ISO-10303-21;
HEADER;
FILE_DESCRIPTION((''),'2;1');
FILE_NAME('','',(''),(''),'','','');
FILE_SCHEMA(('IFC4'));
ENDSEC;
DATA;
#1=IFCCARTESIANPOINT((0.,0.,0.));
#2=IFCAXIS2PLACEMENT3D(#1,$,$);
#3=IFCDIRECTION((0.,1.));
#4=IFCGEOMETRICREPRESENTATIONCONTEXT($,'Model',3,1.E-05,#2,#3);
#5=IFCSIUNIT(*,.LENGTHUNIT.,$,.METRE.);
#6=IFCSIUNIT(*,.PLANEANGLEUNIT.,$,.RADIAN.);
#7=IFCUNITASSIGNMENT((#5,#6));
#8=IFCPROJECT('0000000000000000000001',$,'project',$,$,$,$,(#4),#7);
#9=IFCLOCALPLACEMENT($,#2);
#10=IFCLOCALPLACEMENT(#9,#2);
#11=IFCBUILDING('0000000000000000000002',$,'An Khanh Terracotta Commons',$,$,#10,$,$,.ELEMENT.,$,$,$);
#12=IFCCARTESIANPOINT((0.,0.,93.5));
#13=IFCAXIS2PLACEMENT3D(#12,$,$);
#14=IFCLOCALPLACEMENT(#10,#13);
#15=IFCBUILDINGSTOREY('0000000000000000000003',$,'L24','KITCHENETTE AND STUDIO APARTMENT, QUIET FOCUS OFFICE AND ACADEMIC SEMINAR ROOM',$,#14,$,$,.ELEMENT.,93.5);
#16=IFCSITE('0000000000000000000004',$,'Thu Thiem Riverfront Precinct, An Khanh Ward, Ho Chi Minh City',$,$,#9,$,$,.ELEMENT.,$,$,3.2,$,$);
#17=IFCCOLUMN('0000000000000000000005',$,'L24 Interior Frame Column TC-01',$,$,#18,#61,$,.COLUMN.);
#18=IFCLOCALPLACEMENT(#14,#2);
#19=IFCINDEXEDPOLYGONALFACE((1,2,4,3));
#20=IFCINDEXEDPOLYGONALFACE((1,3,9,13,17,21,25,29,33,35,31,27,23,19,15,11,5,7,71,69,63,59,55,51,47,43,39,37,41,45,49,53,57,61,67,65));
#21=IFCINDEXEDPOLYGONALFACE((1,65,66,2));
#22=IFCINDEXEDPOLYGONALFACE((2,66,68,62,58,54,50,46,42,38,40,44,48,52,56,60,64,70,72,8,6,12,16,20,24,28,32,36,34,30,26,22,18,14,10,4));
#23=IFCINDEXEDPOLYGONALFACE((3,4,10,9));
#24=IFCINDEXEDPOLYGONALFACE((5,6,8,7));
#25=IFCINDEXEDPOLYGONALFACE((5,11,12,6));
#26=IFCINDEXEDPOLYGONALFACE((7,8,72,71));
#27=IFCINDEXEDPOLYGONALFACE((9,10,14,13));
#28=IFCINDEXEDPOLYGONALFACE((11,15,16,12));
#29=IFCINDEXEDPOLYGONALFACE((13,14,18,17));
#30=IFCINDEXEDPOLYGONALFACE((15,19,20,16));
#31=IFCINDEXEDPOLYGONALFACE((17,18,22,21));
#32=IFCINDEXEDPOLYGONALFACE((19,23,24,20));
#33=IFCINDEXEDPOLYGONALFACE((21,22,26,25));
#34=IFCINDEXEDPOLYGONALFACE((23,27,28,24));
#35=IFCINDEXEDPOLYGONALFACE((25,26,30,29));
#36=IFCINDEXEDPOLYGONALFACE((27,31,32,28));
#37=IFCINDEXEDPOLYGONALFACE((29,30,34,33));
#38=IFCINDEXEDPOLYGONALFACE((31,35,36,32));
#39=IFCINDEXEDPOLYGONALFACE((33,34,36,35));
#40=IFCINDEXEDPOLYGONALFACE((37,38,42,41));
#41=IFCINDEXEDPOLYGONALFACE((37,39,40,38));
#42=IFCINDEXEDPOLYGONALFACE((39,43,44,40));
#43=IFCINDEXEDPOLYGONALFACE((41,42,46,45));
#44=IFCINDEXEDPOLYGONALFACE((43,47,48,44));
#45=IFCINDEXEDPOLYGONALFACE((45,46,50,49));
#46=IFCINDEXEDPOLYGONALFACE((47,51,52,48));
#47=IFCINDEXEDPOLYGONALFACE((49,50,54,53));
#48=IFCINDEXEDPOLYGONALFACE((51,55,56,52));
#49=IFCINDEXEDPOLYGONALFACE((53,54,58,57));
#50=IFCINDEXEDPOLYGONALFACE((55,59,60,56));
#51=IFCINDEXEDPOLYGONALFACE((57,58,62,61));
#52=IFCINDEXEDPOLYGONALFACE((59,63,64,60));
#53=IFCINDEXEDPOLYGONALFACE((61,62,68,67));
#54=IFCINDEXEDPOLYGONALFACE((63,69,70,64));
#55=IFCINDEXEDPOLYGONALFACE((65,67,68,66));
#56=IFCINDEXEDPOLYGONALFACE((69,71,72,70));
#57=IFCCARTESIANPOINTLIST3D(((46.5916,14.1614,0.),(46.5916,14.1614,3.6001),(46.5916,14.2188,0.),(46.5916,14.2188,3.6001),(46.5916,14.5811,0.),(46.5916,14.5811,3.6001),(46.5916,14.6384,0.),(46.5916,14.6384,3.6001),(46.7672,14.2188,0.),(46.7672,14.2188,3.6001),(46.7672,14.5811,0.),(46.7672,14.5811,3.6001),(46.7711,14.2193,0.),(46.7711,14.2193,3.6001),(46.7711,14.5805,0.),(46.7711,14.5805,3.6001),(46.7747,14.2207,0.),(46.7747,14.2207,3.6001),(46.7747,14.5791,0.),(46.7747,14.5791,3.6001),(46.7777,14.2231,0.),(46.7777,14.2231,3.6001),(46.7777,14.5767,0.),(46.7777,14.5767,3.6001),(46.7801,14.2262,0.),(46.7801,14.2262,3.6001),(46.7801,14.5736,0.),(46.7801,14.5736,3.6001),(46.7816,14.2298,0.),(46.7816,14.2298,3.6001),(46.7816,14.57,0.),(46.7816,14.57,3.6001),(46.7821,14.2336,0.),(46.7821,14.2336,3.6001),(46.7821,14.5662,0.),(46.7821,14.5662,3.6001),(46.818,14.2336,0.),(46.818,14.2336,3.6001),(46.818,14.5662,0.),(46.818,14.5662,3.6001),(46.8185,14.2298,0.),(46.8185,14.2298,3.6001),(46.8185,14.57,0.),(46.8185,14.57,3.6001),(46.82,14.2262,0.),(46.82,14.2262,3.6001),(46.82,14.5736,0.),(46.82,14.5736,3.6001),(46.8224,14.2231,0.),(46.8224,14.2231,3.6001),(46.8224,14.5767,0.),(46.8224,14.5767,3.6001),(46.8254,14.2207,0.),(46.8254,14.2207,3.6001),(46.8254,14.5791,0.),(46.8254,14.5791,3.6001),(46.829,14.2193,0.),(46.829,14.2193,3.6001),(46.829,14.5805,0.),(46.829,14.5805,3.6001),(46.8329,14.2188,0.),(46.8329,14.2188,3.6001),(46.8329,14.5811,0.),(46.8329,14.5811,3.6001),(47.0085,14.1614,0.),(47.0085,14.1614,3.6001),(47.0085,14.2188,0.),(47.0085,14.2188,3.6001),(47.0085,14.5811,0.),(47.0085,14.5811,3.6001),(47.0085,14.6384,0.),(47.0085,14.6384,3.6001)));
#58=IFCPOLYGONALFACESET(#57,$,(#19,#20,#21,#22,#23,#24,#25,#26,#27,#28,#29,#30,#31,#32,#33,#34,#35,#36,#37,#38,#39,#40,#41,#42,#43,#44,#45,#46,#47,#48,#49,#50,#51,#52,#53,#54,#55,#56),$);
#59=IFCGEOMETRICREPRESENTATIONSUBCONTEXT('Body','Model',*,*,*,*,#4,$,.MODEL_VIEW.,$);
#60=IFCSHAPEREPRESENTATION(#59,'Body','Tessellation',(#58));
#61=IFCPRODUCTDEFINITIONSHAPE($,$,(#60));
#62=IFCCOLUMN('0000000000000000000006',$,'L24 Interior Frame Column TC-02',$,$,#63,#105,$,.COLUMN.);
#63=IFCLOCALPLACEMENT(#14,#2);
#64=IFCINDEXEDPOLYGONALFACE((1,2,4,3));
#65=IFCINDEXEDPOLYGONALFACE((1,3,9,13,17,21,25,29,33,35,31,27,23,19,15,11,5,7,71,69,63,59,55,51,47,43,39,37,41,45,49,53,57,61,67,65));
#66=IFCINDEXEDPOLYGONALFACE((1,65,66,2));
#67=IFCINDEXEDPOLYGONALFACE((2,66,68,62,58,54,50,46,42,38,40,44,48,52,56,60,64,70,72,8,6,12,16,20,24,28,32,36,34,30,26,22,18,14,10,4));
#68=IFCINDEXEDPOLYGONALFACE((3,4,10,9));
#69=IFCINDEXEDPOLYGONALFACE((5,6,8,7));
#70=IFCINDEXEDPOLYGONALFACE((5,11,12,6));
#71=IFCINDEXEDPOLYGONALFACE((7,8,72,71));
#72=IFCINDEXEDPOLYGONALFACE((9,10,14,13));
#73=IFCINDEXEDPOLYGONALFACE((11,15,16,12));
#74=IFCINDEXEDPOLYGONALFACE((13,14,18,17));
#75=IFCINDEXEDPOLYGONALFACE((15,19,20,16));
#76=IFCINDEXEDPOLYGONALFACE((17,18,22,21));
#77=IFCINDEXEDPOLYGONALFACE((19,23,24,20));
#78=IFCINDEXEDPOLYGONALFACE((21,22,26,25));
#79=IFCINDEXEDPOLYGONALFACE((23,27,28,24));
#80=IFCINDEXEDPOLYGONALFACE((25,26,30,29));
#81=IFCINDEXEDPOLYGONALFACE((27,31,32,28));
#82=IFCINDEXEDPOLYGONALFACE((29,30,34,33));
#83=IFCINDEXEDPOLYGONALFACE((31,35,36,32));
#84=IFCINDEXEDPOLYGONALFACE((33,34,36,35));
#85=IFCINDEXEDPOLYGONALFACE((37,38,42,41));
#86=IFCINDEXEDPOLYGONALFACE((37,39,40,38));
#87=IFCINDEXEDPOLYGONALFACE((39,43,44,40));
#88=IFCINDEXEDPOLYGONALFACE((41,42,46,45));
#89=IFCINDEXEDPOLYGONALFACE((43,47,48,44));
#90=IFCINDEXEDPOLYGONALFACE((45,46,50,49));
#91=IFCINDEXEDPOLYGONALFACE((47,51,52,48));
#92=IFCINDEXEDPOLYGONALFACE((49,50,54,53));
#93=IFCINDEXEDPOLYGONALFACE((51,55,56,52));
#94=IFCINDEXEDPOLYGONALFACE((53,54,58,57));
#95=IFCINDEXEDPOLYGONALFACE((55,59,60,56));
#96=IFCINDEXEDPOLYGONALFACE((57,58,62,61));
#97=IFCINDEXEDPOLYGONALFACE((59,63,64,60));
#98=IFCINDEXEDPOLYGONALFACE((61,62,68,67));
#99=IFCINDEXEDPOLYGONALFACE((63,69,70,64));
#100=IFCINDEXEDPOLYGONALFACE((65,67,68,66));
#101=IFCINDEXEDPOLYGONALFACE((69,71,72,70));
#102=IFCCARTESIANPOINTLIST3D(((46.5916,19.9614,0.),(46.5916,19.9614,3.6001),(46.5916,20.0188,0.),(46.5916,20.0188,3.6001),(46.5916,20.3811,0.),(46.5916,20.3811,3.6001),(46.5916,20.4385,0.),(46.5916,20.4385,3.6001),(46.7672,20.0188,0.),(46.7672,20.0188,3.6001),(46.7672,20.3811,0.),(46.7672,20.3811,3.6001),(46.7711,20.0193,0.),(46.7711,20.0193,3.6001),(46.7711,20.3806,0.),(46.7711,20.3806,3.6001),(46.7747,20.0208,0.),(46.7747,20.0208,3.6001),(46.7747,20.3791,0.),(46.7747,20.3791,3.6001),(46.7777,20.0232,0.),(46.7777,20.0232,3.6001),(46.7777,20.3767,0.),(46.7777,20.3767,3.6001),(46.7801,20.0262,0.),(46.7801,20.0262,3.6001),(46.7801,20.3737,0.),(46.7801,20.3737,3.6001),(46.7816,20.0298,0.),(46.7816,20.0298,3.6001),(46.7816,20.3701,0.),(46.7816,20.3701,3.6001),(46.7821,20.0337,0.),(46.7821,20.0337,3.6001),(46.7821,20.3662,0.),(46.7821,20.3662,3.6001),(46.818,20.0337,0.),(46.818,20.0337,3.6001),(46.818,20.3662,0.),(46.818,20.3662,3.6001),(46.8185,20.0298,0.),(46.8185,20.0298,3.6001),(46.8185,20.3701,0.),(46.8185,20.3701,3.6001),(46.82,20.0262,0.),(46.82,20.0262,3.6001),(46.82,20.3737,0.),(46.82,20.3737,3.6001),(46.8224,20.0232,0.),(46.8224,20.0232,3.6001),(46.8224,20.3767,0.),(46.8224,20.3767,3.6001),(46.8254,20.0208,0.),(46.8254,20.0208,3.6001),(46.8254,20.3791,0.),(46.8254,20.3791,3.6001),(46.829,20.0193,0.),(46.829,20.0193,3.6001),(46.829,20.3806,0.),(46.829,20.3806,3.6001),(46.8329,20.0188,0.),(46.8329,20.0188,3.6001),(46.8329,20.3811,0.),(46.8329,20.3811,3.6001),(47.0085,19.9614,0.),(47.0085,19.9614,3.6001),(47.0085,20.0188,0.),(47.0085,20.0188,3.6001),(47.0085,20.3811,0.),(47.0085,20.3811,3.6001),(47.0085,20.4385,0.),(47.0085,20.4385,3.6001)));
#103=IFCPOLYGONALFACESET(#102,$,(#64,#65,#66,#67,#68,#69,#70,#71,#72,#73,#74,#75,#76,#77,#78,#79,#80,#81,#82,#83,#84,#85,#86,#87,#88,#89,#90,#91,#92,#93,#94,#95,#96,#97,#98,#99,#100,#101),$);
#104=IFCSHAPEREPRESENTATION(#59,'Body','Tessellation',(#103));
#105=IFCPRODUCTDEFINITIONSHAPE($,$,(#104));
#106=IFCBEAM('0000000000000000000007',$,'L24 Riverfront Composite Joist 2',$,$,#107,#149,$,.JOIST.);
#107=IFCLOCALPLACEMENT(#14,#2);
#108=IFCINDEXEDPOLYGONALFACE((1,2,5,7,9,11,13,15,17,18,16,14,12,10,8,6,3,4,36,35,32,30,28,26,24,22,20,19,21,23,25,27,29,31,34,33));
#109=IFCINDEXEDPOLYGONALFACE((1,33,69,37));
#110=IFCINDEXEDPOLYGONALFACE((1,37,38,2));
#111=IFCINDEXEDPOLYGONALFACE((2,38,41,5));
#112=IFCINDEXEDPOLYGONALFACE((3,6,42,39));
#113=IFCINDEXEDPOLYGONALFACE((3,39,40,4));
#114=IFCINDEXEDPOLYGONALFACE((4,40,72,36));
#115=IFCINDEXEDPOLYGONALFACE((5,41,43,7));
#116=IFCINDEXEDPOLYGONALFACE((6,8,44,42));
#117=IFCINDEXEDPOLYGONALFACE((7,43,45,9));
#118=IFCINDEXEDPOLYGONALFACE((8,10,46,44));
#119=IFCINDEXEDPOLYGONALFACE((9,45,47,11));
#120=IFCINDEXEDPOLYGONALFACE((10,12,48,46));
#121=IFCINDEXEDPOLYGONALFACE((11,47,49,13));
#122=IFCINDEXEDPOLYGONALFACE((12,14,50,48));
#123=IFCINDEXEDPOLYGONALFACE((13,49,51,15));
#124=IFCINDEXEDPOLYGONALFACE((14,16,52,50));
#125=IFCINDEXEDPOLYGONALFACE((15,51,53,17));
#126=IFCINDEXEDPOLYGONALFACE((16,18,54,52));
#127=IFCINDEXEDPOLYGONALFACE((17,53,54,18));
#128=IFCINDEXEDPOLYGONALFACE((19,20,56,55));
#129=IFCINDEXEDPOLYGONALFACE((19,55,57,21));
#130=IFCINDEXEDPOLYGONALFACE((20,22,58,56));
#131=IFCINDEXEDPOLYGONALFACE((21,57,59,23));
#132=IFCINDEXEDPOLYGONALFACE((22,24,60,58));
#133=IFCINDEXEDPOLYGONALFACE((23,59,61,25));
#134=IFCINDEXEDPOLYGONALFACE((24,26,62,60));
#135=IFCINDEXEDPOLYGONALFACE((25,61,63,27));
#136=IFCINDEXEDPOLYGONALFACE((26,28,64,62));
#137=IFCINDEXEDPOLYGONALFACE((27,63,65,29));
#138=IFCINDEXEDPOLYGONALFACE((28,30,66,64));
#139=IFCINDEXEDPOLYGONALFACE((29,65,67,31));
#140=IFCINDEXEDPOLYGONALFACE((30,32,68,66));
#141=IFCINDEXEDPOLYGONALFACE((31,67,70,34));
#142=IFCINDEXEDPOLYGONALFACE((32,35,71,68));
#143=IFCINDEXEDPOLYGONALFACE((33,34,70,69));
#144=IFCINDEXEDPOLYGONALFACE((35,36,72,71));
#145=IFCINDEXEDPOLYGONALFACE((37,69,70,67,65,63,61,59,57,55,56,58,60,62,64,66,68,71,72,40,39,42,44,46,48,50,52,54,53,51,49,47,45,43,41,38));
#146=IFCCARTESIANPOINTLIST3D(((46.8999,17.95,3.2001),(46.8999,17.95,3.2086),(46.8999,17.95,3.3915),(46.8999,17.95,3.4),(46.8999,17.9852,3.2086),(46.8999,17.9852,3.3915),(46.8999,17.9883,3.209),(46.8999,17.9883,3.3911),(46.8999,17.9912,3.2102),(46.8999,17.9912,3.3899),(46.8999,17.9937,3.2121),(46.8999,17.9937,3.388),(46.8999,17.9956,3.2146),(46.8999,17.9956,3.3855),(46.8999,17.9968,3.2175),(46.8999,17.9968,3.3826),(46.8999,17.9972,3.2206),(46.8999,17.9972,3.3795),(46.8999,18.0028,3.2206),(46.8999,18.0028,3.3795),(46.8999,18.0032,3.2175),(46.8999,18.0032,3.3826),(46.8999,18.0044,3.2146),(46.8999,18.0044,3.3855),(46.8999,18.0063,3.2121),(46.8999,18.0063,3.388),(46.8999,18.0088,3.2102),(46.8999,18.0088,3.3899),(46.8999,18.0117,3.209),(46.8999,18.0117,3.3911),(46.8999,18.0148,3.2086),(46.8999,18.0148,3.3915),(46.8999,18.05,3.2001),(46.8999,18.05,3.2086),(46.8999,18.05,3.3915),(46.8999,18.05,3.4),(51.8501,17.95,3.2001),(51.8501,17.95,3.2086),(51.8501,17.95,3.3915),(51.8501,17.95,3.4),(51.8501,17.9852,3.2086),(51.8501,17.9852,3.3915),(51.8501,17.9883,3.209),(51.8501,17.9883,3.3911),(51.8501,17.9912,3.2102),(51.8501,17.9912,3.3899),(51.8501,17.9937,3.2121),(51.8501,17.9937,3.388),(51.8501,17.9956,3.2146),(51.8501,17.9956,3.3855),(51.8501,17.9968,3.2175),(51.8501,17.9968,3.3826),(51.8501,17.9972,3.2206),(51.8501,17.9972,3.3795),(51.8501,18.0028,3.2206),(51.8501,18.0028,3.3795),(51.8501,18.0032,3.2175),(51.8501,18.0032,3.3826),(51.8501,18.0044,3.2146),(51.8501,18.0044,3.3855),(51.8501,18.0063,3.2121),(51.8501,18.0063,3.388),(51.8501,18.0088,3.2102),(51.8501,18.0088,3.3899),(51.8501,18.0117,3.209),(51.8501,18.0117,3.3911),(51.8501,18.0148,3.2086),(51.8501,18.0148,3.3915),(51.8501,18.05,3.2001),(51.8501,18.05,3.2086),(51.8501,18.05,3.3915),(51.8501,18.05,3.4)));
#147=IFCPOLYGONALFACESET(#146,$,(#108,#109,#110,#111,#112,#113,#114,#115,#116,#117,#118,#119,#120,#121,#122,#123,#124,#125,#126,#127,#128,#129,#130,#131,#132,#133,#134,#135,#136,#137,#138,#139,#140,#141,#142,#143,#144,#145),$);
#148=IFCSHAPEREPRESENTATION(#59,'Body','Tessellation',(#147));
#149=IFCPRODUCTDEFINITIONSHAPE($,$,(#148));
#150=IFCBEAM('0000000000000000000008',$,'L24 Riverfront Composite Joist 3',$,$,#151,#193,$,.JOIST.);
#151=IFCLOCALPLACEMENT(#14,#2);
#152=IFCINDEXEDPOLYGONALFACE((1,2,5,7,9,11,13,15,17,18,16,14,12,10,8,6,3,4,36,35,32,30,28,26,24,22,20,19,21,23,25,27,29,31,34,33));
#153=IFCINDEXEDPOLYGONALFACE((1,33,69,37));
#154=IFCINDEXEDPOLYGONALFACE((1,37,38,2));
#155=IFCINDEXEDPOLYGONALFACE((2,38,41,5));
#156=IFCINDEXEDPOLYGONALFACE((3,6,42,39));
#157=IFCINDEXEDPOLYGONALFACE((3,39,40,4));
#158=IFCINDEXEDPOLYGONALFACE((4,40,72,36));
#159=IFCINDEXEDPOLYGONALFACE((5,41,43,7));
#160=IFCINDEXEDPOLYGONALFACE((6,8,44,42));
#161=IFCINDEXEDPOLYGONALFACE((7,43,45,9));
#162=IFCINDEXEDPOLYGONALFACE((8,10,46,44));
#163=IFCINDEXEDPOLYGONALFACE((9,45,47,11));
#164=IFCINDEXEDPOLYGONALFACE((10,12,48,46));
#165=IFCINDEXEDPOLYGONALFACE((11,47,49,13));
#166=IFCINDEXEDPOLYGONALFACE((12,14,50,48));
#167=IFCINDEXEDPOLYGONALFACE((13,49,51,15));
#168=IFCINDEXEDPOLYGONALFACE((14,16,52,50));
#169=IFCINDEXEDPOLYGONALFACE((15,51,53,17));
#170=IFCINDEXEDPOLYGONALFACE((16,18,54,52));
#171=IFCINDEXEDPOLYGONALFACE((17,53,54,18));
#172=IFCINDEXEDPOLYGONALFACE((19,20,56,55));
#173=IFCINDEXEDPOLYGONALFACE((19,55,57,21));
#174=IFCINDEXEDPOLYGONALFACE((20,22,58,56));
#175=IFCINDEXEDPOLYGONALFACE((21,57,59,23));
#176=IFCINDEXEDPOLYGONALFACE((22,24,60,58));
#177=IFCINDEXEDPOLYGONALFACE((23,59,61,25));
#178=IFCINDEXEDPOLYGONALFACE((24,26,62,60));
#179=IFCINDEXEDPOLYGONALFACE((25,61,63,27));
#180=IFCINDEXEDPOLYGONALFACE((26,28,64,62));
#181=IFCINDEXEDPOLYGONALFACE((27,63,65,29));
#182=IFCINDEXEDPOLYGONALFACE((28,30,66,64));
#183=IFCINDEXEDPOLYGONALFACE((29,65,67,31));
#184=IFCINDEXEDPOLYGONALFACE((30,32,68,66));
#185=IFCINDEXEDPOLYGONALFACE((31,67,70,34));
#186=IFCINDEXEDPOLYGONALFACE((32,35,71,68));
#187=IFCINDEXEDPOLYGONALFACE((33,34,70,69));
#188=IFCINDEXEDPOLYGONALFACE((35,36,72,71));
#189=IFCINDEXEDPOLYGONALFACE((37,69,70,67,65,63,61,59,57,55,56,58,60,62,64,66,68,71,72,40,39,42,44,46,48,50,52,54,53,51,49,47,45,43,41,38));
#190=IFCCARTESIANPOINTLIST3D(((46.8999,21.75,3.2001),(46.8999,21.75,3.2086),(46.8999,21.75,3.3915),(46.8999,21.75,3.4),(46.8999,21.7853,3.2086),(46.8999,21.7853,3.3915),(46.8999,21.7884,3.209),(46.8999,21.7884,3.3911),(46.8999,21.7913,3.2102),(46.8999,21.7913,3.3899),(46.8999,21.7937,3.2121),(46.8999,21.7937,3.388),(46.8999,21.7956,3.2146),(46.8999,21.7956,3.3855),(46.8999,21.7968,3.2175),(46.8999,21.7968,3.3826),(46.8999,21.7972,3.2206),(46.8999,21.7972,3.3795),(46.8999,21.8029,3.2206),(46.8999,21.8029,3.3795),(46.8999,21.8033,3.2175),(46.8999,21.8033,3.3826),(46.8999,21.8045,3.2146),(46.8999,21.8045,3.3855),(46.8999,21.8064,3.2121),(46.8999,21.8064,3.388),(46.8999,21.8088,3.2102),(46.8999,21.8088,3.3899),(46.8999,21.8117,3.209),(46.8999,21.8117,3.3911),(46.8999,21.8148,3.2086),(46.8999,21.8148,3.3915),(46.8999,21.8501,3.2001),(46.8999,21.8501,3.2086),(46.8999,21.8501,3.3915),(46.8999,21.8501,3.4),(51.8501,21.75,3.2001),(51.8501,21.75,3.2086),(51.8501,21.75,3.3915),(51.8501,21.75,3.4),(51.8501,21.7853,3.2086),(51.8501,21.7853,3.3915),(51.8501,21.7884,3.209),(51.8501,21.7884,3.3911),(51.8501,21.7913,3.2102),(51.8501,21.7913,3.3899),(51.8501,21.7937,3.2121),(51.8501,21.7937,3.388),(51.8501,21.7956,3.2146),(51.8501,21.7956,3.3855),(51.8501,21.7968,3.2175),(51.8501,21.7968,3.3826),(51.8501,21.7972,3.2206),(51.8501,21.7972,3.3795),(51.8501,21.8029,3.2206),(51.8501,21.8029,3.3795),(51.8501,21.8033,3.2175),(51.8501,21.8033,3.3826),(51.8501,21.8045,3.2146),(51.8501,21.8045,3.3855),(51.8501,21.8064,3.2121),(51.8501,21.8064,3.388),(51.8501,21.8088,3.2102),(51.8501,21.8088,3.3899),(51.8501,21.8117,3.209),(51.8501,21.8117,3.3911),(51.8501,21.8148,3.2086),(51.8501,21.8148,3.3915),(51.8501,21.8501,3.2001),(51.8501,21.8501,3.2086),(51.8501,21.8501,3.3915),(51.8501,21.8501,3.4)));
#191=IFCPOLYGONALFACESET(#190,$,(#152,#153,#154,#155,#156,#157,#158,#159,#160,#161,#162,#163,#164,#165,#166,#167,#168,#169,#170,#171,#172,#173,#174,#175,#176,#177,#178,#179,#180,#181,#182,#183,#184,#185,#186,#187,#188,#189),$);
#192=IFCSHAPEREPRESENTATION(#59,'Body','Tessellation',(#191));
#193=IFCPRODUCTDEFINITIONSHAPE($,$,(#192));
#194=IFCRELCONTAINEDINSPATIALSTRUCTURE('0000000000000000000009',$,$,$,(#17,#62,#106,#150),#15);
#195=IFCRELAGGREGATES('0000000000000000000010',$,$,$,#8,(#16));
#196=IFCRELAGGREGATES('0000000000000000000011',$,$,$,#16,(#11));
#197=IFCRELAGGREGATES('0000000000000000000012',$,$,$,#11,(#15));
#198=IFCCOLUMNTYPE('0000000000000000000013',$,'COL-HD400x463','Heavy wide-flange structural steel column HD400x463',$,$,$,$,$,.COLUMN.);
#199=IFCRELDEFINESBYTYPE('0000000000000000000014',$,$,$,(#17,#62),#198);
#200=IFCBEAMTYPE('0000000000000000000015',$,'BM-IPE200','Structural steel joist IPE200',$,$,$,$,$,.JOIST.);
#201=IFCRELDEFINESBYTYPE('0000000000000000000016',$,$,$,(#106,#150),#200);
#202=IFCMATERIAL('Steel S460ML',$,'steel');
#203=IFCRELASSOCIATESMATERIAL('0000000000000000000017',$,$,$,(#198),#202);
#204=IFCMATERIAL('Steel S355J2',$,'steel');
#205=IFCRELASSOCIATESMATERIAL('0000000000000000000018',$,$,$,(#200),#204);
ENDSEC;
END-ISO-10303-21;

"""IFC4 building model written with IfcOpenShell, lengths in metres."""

from ifc_helpers import new_model, si_unit, direction, frame, origin, origin_2d, place, context, subcontext, project, spatial, i_section, extrude, material, material_profile, profile_set, type_object, element, save


model = new_model("IFC4")

# Units and contexts
model_context = context("Model", 3, precision=1e-05, world=origin(), true_north=direction((0.0, 1.0)))
body_context = subcontext(model_context, "Body", "Model", "MODEL_VIEW")
ifc_project = project(units=[si_unit("LENGTHUNIT", "METRE"), si_unit("PLANEANGLEUNIT", "RADIAN")], contexts=[model_context])

# Site, building, storey
site_placement = place(None, origin())
site = spatial("IfcSite", under=ifc_project, at=site_placement, Name="Thu Thiem Riverfront Precinct, An Khanh Ward, Ho Chi Minh City", CompositionType="ELEMENT", RefElevation=3.2)
building_placement = place(site_placement, origin())
building = spatial("IfcBuilding", under=site, at=building_placement, Name="An Khanh Terracotta Commons", CompositionType="ELEMENT")
storey_placement = place(building_placement, frame((0.0, 0.0, 93.5)))
storey = spatial("IfcBuildingStorey", under=building, at=storey_placement, Name="L24", Description="KITCHENETTE AND STUDIO APARTMENT, QUIET FOCUS OFFICE AND ACADEMIC SEMINAR ROOM", CompositionType="ELEMENT", Elevation=93.5)

# Columns
ifc_material_1 = material(Name="Steel S460ML", Category="steel")
ifc_material_profile_1 = material_profile(ifc_material_1, i_section(OverallWidth=0.417, OverallDepth=0.4771, WebThickness=0.0359, FlangeThickness=0.0574, FilletRadius=0.0149, at=origin_2d()), Name="HD400x463")
ifc_profile_set_1 = profile_set([ifc_material_profile_1], Name="Steel S460ML")
column_type = type_object("IfcColumnType", Name="COL-HD400x463", Description="Heavy wide-flange structural steel column HD400x463", PredefinedType="COLUMN", material=ifc_profile_set_1)
for number, where, z_axis, x_axis, name in (
    (1, (46.8, 14.3999, 0.0), (0.0, 0.0, 1.0), (1.0, 0.0, 0.0), "L24 Interior Frame Column TC-01"),
    (2, (46.8, 20.2, 0.0), (0.0, 0.0, 1.0), (1.0, 0.0, 0.0), "L24 Interior Frame Column TC-02"),
):
    element("IfcColumn", number, at=place(storey_placement, frame(where, z_axis=z_axis, x_axis=x_axis)), inside=storey, type_object=column_type, Name=name, PredefinedType="COLUMN", context=body_context, shape_type="SweptSolid", body=[
        extrude(i_section(OverallWidth=0.417, OverallDepth=0.4771, WebThickness=0.0359, FlangeThickness=0.0574, FilletRadius=0.0149, at=origin_2d()), origin(), (0.0, 0.0, 1.0), 3.6001),
    ])

# Beams
ifc_material_2 = material(Name="Steel S355J2", Category="steel")
ifc_material_profile_2 = material_profile(ifc_material_2, i_section(OverallWidth=0.1001, OverallDepth=0.2, WebThickness=0.0056, FlangeThickness=0.0085, FilletRadius=0.012, at=origin_2d()), Name="IPE200")
ifc_profile_set_2 = profile_set([ifc_material_profile_2], Name="Steel S355J2")
beam_type_1 = type_object("IfcBeamType", Name="BM-IPE200", Description="Structural steel joist IPE200", PredefinedType="JOIST", material=ifc_profile_set_2)
for number, where, z_axis, x_axis, name in (
    (3, (46.8999, 18.0, 3.3), (1.0, 0.0, 0.0), (0.0, 1.0, 0.0), "L24 Riverfront Composite Joist 2"),
    (4, (46.8999, 21.8, 3.3), (1.0, 0.0, 0.0), (0.0, 1.0, 0.0), "L24 Riverfront Composite Joist 3"),
):
    element("IfcBeam", number, at=place(storey_placement, frame(where, z_axis=z_axis, x_axis=x_axis)), inside=storey, type_object=beam_type_1, Name=name, PredefinedType="JOIST", context=body_context, shape_type="SweptSolid", body=[
        extrude(i_section(OverallWidth=0.1001, OverallDepth=0.2, WebThickness=0.0056, FlangeThickness=0.0085, FilletRadius=0.012, at=origin_2d()), origin(), (0.0, 0.0, 1.0), 4.9502),
    ])

save(model, "model.ifc")
